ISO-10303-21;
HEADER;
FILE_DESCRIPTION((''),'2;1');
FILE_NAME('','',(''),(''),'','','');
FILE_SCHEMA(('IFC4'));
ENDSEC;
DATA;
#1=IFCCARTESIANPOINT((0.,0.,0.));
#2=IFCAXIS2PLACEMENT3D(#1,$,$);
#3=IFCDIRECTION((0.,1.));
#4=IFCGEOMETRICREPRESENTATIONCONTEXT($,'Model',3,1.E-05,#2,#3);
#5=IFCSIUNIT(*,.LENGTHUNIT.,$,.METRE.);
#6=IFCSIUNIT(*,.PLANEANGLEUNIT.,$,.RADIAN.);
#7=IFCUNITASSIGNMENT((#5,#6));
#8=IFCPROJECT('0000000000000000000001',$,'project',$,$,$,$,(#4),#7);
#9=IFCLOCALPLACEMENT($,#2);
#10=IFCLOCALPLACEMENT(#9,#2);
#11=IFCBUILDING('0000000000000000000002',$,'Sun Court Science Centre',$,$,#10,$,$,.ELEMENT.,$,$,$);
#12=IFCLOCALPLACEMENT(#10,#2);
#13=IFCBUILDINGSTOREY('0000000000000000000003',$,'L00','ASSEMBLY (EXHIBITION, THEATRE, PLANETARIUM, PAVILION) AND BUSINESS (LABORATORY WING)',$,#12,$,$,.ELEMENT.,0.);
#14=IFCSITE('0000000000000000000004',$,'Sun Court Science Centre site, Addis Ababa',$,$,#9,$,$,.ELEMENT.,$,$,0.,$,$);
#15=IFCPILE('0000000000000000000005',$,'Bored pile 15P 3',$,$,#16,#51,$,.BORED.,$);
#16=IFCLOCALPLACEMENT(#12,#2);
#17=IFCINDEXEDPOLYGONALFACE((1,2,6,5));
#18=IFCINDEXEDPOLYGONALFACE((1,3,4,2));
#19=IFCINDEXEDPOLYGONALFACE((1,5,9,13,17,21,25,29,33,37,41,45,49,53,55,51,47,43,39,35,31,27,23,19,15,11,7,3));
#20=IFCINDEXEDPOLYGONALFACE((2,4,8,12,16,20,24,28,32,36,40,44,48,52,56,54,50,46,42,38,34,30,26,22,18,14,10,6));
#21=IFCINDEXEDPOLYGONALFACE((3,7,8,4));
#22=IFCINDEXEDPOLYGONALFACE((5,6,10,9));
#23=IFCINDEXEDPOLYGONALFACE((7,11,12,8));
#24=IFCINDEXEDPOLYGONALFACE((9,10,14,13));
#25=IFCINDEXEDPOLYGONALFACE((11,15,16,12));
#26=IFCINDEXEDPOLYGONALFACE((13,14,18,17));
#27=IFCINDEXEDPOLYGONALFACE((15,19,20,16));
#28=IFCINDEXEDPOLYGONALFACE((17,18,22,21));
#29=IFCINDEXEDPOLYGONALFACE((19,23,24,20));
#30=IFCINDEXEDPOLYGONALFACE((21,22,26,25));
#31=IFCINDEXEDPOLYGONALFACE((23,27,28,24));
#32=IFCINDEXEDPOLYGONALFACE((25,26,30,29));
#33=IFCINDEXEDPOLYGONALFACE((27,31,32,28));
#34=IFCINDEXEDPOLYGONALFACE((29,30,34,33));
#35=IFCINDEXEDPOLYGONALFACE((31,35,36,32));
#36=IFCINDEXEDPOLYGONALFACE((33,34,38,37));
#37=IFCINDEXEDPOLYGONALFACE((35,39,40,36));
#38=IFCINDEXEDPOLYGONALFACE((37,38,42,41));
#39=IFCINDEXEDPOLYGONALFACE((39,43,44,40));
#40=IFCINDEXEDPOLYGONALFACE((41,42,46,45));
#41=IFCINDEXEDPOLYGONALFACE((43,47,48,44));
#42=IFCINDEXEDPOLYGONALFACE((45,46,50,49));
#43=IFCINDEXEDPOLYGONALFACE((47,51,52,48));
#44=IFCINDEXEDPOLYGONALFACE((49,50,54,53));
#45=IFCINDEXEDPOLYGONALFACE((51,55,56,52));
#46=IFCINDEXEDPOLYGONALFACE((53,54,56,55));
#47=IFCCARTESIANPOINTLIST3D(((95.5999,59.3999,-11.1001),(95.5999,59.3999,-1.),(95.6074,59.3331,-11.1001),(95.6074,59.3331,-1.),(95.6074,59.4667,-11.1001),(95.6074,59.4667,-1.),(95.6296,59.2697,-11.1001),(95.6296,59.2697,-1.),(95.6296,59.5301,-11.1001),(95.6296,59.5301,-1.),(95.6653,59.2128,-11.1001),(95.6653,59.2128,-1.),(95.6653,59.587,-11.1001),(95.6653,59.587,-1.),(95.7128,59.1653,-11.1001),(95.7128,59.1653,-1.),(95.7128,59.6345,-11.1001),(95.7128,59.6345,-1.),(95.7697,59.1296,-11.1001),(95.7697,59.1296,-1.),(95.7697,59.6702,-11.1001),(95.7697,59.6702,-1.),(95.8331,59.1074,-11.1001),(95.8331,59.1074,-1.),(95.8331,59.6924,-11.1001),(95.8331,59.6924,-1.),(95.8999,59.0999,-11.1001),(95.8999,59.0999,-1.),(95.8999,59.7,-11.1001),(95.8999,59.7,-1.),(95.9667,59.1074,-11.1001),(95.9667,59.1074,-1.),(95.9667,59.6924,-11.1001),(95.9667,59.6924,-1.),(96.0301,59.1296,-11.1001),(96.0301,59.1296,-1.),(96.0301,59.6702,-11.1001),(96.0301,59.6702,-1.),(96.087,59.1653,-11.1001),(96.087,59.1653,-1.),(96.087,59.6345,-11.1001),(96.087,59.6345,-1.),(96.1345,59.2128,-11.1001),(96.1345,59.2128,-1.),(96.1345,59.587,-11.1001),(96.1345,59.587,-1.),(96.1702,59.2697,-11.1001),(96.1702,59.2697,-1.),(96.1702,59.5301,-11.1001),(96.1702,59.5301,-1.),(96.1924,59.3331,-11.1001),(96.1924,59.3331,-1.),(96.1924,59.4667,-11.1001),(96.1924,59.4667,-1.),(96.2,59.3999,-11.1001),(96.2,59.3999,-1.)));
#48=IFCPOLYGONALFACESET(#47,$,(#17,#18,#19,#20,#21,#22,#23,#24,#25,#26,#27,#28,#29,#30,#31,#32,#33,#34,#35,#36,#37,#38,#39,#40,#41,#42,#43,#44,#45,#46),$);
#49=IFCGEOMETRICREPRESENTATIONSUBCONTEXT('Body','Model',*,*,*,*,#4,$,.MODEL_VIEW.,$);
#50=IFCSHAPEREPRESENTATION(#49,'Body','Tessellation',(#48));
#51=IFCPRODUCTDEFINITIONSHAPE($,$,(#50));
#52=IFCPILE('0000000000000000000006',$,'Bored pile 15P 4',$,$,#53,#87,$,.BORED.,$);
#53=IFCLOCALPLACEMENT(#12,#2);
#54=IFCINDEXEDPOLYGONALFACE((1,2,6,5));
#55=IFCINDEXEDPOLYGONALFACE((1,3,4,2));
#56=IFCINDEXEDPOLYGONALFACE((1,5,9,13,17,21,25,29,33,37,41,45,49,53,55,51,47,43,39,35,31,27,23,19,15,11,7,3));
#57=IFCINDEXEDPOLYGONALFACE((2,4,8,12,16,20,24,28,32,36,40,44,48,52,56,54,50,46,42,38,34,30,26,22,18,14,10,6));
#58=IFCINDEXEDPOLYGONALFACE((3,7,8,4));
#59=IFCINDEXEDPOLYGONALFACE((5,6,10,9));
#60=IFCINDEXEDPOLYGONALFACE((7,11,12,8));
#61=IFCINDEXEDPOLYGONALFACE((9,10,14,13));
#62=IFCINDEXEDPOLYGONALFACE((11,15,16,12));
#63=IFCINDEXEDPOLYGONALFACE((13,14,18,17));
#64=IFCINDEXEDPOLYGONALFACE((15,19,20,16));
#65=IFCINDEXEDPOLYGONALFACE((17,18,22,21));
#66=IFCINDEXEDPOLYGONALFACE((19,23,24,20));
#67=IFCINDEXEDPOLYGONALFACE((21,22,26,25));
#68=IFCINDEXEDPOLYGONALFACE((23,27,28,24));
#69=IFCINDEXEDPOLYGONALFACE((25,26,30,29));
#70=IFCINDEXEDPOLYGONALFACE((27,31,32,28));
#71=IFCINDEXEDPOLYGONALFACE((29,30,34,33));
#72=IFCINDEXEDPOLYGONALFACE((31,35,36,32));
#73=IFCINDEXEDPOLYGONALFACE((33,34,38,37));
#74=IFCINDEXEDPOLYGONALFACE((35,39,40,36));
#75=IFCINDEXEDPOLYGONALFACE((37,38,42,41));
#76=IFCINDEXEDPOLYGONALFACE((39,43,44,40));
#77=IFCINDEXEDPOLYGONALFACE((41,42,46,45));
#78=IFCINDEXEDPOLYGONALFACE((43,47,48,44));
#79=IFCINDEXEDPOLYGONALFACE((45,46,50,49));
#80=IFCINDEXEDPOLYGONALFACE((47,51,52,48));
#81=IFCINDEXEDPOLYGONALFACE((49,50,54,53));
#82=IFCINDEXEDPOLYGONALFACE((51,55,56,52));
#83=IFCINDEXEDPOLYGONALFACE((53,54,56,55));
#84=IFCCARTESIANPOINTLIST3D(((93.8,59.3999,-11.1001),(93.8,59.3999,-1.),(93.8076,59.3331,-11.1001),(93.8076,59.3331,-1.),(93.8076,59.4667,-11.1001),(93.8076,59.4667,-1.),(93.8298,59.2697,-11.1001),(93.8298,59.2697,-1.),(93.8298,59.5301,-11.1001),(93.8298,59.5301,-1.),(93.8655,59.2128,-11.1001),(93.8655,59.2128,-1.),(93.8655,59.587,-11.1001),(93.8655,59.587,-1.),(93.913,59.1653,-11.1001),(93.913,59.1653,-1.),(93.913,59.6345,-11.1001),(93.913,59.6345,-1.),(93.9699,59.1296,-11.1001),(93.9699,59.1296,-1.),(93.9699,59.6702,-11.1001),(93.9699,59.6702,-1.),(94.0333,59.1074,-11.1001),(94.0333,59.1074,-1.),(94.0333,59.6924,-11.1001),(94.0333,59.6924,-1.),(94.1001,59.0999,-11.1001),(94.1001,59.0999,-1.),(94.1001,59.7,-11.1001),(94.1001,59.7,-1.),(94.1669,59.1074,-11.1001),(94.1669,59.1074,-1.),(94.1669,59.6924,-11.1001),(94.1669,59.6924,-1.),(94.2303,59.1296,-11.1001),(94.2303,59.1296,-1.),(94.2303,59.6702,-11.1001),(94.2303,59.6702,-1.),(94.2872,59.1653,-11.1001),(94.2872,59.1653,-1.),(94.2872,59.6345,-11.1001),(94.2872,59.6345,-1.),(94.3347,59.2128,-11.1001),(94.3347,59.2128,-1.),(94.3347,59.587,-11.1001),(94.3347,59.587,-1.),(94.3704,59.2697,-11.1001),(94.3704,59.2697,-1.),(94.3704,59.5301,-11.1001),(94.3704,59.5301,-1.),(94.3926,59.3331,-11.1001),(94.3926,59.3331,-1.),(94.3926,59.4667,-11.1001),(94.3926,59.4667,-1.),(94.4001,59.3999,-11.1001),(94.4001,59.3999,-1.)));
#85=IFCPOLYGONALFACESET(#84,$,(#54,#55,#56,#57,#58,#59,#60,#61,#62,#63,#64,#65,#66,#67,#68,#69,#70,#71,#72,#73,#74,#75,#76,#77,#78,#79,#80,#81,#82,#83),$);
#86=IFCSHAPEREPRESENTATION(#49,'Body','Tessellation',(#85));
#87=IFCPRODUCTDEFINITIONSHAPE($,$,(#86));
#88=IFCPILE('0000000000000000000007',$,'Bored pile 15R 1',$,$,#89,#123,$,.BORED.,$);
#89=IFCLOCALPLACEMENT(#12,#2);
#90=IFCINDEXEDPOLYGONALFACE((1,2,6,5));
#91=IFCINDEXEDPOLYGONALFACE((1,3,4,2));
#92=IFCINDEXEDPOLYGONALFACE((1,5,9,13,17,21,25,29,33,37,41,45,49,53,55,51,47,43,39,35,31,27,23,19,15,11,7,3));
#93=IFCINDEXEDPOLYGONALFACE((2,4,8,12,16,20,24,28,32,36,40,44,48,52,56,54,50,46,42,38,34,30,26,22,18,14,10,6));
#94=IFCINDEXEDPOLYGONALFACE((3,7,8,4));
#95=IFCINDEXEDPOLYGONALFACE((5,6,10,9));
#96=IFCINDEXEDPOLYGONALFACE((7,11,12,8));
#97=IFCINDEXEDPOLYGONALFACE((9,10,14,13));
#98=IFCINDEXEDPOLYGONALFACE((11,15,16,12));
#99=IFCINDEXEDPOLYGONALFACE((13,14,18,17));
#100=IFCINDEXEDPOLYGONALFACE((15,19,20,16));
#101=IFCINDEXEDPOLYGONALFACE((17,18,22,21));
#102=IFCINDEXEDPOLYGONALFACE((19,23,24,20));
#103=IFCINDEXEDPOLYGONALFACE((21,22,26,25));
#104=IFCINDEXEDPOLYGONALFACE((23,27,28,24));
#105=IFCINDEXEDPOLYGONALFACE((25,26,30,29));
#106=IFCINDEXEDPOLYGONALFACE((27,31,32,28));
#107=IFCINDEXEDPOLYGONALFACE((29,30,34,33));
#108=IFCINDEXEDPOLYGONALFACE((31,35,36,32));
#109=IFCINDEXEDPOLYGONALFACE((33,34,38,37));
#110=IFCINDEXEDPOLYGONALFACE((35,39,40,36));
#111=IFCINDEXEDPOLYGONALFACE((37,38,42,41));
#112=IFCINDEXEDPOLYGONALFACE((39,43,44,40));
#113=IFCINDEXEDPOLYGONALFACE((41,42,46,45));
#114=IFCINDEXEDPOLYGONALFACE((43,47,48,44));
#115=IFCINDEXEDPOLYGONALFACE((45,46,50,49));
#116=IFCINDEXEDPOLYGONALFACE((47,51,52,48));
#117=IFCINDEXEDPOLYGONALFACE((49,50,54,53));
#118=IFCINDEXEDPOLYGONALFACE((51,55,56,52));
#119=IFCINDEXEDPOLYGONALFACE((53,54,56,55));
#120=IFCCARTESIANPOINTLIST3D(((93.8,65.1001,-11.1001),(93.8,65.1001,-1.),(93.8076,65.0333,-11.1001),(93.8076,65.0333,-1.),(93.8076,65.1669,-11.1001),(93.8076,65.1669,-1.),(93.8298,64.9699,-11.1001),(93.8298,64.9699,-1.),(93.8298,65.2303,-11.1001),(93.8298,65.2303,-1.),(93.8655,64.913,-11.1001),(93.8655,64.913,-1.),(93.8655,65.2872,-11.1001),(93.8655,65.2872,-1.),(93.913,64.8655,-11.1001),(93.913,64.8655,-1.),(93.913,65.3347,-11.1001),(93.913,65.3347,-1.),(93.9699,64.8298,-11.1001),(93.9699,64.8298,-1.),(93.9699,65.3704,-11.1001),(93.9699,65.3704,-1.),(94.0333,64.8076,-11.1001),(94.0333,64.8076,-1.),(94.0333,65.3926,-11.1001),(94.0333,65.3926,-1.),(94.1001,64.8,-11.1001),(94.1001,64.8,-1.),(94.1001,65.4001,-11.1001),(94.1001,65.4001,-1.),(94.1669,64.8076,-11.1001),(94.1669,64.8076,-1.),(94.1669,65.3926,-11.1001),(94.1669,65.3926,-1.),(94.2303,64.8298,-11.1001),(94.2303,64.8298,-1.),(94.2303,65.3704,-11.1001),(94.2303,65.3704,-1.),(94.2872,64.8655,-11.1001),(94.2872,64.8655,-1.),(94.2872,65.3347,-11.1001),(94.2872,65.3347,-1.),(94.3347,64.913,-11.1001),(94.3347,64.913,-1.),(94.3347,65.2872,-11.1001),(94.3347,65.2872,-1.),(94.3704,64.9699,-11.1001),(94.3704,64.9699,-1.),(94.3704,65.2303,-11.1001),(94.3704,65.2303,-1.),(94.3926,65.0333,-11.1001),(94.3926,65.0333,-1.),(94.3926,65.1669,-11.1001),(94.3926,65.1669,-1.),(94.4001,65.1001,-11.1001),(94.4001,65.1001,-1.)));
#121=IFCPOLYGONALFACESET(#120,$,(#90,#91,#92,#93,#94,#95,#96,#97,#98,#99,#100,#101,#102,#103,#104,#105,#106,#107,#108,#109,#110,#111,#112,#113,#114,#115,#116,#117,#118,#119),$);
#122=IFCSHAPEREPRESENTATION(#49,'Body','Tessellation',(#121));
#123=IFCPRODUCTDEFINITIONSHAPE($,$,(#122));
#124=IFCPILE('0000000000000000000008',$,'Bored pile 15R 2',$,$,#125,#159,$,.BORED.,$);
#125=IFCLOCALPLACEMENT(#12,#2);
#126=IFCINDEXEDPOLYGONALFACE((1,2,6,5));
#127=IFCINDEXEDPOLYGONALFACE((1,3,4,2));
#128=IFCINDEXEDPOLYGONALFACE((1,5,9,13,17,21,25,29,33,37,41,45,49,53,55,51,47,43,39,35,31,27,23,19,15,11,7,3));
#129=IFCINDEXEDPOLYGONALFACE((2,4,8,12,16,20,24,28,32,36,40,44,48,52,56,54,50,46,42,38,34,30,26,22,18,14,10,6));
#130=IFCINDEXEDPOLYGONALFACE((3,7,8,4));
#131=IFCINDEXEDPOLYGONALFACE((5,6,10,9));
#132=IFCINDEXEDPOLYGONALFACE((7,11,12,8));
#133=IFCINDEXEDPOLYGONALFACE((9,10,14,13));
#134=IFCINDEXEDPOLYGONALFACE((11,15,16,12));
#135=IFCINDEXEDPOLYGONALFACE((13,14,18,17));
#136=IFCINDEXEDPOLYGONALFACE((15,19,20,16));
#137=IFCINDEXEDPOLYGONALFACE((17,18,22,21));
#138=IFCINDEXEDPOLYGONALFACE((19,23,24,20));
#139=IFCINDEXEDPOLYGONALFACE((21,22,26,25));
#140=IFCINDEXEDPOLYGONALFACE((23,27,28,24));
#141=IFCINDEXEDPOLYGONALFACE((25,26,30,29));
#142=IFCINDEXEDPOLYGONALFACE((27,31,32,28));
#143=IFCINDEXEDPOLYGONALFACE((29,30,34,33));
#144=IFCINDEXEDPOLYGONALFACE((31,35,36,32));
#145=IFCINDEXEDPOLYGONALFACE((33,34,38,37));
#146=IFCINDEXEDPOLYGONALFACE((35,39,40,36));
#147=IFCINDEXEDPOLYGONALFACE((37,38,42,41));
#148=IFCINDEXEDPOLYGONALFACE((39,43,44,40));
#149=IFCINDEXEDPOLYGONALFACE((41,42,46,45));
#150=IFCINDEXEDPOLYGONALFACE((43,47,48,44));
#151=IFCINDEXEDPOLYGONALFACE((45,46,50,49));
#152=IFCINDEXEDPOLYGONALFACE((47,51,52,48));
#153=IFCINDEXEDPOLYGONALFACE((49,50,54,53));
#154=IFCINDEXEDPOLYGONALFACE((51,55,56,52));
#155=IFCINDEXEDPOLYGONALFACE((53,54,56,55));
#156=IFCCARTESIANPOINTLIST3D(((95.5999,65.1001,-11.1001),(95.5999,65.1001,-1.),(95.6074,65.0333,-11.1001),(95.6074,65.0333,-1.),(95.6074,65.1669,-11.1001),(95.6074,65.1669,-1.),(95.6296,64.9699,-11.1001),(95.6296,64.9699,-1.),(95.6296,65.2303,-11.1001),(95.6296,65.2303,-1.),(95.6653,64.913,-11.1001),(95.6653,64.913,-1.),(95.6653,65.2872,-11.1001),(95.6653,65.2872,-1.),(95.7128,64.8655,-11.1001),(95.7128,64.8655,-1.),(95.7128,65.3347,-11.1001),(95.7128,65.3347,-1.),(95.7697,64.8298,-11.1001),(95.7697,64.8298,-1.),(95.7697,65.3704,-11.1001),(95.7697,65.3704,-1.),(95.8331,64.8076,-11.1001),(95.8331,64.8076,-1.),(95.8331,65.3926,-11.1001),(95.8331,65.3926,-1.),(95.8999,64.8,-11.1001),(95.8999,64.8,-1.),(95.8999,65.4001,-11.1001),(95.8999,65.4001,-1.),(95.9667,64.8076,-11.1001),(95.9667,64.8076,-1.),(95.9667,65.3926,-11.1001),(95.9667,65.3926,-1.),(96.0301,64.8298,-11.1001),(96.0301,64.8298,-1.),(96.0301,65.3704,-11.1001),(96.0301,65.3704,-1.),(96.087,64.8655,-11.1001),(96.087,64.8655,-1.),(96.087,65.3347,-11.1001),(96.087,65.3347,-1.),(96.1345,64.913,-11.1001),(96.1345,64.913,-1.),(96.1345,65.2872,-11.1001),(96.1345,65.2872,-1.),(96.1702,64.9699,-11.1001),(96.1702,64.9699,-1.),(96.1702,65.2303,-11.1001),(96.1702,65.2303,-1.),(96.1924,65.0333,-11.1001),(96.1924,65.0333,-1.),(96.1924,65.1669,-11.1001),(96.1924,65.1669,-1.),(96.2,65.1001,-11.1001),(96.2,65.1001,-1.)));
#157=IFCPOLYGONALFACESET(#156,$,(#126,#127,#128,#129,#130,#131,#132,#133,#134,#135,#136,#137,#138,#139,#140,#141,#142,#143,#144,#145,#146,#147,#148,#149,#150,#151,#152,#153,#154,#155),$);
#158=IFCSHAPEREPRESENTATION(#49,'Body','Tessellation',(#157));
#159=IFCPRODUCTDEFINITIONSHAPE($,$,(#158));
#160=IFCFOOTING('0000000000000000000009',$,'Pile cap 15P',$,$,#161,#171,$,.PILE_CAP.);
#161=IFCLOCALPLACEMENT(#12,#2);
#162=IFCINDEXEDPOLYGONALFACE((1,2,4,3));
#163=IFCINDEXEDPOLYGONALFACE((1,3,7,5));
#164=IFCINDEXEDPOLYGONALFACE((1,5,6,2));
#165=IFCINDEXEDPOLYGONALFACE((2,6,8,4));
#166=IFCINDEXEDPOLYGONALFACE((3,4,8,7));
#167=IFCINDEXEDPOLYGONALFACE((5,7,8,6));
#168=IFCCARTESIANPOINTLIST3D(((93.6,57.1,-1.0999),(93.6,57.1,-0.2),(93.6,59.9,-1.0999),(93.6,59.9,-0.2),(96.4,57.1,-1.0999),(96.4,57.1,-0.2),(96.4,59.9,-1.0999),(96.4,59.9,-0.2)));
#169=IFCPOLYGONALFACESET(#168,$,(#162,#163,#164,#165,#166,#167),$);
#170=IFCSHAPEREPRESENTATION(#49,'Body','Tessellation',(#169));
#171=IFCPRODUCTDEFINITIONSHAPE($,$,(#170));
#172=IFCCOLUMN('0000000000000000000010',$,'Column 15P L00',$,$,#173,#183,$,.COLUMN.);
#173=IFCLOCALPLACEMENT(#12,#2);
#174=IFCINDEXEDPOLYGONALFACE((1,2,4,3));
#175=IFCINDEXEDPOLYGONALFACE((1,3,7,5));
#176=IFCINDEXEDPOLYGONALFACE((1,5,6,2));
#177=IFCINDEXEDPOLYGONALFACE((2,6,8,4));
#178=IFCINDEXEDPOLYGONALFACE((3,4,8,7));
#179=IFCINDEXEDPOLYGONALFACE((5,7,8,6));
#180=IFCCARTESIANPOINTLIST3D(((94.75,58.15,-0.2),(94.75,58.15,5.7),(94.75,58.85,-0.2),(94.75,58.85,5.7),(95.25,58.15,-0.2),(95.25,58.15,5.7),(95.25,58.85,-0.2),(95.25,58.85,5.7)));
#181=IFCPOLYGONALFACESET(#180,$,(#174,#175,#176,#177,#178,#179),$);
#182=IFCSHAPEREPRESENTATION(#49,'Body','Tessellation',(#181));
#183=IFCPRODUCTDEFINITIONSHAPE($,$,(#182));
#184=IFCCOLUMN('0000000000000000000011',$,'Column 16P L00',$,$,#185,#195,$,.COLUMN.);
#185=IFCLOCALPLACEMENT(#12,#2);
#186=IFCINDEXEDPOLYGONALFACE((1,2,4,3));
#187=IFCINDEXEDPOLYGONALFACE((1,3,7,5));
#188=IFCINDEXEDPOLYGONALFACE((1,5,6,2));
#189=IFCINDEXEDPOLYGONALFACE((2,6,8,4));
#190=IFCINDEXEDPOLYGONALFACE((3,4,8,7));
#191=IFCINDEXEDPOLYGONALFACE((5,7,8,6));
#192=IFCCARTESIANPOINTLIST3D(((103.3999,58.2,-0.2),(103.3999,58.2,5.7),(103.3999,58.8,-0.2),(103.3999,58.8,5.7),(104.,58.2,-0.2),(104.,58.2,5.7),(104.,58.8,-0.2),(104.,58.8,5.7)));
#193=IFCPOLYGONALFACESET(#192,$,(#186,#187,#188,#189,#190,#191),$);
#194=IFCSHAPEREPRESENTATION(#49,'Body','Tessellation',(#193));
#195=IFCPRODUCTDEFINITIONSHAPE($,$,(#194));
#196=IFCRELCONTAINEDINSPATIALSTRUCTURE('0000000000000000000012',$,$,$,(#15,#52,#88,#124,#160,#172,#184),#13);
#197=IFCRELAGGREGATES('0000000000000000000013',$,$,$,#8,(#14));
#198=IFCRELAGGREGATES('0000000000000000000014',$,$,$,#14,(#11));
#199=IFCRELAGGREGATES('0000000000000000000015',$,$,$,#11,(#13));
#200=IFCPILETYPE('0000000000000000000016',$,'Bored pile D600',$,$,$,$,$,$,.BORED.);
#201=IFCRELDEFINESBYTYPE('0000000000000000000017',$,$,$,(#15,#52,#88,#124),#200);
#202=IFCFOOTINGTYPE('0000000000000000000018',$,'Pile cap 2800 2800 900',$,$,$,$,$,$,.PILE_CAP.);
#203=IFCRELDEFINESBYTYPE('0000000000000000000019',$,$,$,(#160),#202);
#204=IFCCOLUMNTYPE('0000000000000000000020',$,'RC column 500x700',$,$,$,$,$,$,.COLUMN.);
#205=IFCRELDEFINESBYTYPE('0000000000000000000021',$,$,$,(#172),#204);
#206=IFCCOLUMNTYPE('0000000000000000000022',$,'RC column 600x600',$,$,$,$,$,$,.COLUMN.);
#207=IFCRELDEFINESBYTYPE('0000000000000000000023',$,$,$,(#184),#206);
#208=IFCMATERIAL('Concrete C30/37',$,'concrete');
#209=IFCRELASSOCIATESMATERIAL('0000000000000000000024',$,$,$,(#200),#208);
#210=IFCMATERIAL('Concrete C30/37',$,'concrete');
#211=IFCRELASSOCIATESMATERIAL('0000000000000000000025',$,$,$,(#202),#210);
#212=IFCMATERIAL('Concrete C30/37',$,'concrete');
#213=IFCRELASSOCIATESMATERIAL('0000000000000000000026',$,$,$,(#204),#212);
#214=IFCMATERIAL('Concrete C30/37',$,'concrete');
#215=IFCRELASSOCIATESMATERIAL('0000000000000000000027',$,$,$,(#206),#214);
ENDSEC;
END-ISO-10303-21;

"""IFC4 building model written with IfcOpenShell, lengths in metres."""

from ifc_helpers import new_model, si_unit, direction, frame, origin, origin_2d, place, context, subcontext, project, spatial, rectangle, circle, extrude, material, material_profile, profile_set, type_object, element, save


model = new_model("IFC4")

# Units and contexts
model_context = context("Model", 3, precision=1e-05, world=origin(), true_north=direction((0.0, 1.0)))
body_context = subcontext(model_context, "Body", "Model", "MODEL_VIEW")
ifc_project = project(units=[si_unit("LENGTHUNIT", "METRE"), si_unit("PLANEANGLEUNIT", "RADIAN")], contexts=[model_context])

# Site, building, storey
site_placement = place(None, origin())
site = spatial("IfcSite", under=ifc_project, at=site_placement, Name="Sun Court Science Centre site, Addis Ababa", CompositionType="ELEMENT", RefElevation=0.0)
building_placement = place(site_placement, origin())
building = spatial("IfcBuilding", under=site, at=building_placement, Name="Sun Court Science Centre", CompositionType="ELEMENT")
storey_placement = place(building_placement, origin())
storey = spatial("IfcBuildingStorey", under=building, at=storey_placement, Name="L00", Description="ASSEMBLY (EXHIBITION, THEATRE, PLANETARIUM, PAVILION) AND BUSINESS (LABORATORY WING)", CompositionType="ELEMENT", Elevation=0.0)

# Piles
ifc_material_1 = material(Name="Concrete C30/37", Category="concrete")
ifc_material_profile_1 = material_profile(ifc_material_1, circle(Radius=0.3, at=origin_2d()), Name="RC D600")
ifc_profile_set_1 = profile_set([ifc_material_profile_1], Name="Concrete C30/37")
pile_type = type_object("IfcPileType", Name="Bored pile D600", PredefinedType="BORED", material=ifc_profile_set_1)
for number, where, z_axis, x_axis, name in (
    (1, (95.8999, 59.3999, -1.0), (0.0, 0.0, -1.0), (1.0, 0.0, 0.0), "Bored pile 15P 3"),
    (2, (94.1001, 59.3999, -1.0), (0.0, 0.0, -1.0), (1.0, 0.0, 0.0), "Bored pile 15P 4"),
    (3, (94.1001, 65.1001, -1.0), (0.0, 0.0, -1.0), (1.0, 0.0, 0.0), "Bored pile 15R 1"),
    (4, (95.8999, 65.1001, -1.0), (0.0, 0.0, -1.0), (1.0, 0.0, 0.0), "Bored pile 15R 2"),
):
    element("IfcPile", number, at=place(storey_placement, frame(where, z_axis=z_axis, x_axis=x_axis)), inside=storey, type_object=pile_type, Name=name, PredefinedType="BORED", context=body_context, shape_type="SweptSolid", body=[
        extrude(circle(Radius=0.3, at=origin_2d()), origin(), (0.0, 0.0, 1.0), 10.1001),
    ])

# Footing
ifc_material_2 = material(Name="Concrete C30/37", Category="concrete")
footing_type = type_object("IfcFootingType", Name="Pile cap 2800 2800 900", PredefinedType="PILE_CAP", material=ifc_material_2)
footing_placement = place(storey_placement, frame((95.0, 58.5, -1.0999), z_axis=(0.0, 0.0, 1.0), x_axis=(1.0, 0.0, 0.0)))
element("IfcFooting", 5, at=footing_placement, inside=storey, type_object=footing_type, Name="Pile cap 15P", PredefinedType="PILE_CAP", context=body_context, shape_type="SweptSolid", body=[
    extrude(rectangle(XDim=2.8, YDim=2.8, at=origin_2d()), origin(), (0.0, 0.0, 1.0), 0.8999),
])

# Columns
ifc_material_3 = material(Name="Concrete C30/37", Category="concrete")
ifc_material_profile_2 = material_profile(ifc_material_3, rectangle(XDim=0.5, YDim=0.7, at=origin_2d()), Name="RC 500x700")
ifc_profile_set_2 = profile_set([ifc_material_profile_2], Name="Concrete C30/37")
column_type_1 = type_object("IfcColumnType", Name="RC column 500x700", PredefinedType="COLUMN", material=ifc_profile_set_2)
column_1_placement = place(storey_placement, frame((95.0, 58.5, -0.2), z_axis=(0.0, 0.0, 1.0), x_axis=(1.0, 0.0, 0.0)))
element("IfcColumn", 6, at=column_1_placement, inside=storey, type_object=column_type_1, Name="Column 15P L00", PredefinedType="COLUMN", context=body_context, shape_type="SweptSolid", body=[
    extrude(rectangle(XDim=0.5, YDim=0.7, at=origin_2d()), origin(), (0.0, 0.0, 1.0), 5.8999),
])
ifc_material_4 = material(Name="Concrete C30/37", Category="concrete")
ifc_material_profile_3 = material_profile(ifc_material_4, rectangle(XDim=0.6001, YDim=0.6001, at=origin_2d()), Name="RC 600x600")
ifc_profile_set_3 = profile_set([ifc_material_profile_3], Name="Concrete C30/37")
column_type_2 = type_object("IfcColumnType", Name="RC column 600x600", PredefinedType="COLUMN", material=ifc_profile_set_3)
column_2_placement = place(storey_placement, frame((103.7, 58.5, -0.2), z_axis=(0.0, 0.0, 1.0), x_axis=(1.0, 0.0, 0.0)))
element("IfcColumn", 7, at=column_2_placement, inside=storey, type_object=column_type_2, Name="Column 16P L00", PredefinedType="COLUMN", context=body_context, shape_type="SweptSolid", body=[
    extrude(rectangle(XDim=0.6001, YDim=0.6001, at=origin_2d()), origin(), (0.0, 0.0, 1.0), 5.8999),
])

save(model, "model.ifc")
